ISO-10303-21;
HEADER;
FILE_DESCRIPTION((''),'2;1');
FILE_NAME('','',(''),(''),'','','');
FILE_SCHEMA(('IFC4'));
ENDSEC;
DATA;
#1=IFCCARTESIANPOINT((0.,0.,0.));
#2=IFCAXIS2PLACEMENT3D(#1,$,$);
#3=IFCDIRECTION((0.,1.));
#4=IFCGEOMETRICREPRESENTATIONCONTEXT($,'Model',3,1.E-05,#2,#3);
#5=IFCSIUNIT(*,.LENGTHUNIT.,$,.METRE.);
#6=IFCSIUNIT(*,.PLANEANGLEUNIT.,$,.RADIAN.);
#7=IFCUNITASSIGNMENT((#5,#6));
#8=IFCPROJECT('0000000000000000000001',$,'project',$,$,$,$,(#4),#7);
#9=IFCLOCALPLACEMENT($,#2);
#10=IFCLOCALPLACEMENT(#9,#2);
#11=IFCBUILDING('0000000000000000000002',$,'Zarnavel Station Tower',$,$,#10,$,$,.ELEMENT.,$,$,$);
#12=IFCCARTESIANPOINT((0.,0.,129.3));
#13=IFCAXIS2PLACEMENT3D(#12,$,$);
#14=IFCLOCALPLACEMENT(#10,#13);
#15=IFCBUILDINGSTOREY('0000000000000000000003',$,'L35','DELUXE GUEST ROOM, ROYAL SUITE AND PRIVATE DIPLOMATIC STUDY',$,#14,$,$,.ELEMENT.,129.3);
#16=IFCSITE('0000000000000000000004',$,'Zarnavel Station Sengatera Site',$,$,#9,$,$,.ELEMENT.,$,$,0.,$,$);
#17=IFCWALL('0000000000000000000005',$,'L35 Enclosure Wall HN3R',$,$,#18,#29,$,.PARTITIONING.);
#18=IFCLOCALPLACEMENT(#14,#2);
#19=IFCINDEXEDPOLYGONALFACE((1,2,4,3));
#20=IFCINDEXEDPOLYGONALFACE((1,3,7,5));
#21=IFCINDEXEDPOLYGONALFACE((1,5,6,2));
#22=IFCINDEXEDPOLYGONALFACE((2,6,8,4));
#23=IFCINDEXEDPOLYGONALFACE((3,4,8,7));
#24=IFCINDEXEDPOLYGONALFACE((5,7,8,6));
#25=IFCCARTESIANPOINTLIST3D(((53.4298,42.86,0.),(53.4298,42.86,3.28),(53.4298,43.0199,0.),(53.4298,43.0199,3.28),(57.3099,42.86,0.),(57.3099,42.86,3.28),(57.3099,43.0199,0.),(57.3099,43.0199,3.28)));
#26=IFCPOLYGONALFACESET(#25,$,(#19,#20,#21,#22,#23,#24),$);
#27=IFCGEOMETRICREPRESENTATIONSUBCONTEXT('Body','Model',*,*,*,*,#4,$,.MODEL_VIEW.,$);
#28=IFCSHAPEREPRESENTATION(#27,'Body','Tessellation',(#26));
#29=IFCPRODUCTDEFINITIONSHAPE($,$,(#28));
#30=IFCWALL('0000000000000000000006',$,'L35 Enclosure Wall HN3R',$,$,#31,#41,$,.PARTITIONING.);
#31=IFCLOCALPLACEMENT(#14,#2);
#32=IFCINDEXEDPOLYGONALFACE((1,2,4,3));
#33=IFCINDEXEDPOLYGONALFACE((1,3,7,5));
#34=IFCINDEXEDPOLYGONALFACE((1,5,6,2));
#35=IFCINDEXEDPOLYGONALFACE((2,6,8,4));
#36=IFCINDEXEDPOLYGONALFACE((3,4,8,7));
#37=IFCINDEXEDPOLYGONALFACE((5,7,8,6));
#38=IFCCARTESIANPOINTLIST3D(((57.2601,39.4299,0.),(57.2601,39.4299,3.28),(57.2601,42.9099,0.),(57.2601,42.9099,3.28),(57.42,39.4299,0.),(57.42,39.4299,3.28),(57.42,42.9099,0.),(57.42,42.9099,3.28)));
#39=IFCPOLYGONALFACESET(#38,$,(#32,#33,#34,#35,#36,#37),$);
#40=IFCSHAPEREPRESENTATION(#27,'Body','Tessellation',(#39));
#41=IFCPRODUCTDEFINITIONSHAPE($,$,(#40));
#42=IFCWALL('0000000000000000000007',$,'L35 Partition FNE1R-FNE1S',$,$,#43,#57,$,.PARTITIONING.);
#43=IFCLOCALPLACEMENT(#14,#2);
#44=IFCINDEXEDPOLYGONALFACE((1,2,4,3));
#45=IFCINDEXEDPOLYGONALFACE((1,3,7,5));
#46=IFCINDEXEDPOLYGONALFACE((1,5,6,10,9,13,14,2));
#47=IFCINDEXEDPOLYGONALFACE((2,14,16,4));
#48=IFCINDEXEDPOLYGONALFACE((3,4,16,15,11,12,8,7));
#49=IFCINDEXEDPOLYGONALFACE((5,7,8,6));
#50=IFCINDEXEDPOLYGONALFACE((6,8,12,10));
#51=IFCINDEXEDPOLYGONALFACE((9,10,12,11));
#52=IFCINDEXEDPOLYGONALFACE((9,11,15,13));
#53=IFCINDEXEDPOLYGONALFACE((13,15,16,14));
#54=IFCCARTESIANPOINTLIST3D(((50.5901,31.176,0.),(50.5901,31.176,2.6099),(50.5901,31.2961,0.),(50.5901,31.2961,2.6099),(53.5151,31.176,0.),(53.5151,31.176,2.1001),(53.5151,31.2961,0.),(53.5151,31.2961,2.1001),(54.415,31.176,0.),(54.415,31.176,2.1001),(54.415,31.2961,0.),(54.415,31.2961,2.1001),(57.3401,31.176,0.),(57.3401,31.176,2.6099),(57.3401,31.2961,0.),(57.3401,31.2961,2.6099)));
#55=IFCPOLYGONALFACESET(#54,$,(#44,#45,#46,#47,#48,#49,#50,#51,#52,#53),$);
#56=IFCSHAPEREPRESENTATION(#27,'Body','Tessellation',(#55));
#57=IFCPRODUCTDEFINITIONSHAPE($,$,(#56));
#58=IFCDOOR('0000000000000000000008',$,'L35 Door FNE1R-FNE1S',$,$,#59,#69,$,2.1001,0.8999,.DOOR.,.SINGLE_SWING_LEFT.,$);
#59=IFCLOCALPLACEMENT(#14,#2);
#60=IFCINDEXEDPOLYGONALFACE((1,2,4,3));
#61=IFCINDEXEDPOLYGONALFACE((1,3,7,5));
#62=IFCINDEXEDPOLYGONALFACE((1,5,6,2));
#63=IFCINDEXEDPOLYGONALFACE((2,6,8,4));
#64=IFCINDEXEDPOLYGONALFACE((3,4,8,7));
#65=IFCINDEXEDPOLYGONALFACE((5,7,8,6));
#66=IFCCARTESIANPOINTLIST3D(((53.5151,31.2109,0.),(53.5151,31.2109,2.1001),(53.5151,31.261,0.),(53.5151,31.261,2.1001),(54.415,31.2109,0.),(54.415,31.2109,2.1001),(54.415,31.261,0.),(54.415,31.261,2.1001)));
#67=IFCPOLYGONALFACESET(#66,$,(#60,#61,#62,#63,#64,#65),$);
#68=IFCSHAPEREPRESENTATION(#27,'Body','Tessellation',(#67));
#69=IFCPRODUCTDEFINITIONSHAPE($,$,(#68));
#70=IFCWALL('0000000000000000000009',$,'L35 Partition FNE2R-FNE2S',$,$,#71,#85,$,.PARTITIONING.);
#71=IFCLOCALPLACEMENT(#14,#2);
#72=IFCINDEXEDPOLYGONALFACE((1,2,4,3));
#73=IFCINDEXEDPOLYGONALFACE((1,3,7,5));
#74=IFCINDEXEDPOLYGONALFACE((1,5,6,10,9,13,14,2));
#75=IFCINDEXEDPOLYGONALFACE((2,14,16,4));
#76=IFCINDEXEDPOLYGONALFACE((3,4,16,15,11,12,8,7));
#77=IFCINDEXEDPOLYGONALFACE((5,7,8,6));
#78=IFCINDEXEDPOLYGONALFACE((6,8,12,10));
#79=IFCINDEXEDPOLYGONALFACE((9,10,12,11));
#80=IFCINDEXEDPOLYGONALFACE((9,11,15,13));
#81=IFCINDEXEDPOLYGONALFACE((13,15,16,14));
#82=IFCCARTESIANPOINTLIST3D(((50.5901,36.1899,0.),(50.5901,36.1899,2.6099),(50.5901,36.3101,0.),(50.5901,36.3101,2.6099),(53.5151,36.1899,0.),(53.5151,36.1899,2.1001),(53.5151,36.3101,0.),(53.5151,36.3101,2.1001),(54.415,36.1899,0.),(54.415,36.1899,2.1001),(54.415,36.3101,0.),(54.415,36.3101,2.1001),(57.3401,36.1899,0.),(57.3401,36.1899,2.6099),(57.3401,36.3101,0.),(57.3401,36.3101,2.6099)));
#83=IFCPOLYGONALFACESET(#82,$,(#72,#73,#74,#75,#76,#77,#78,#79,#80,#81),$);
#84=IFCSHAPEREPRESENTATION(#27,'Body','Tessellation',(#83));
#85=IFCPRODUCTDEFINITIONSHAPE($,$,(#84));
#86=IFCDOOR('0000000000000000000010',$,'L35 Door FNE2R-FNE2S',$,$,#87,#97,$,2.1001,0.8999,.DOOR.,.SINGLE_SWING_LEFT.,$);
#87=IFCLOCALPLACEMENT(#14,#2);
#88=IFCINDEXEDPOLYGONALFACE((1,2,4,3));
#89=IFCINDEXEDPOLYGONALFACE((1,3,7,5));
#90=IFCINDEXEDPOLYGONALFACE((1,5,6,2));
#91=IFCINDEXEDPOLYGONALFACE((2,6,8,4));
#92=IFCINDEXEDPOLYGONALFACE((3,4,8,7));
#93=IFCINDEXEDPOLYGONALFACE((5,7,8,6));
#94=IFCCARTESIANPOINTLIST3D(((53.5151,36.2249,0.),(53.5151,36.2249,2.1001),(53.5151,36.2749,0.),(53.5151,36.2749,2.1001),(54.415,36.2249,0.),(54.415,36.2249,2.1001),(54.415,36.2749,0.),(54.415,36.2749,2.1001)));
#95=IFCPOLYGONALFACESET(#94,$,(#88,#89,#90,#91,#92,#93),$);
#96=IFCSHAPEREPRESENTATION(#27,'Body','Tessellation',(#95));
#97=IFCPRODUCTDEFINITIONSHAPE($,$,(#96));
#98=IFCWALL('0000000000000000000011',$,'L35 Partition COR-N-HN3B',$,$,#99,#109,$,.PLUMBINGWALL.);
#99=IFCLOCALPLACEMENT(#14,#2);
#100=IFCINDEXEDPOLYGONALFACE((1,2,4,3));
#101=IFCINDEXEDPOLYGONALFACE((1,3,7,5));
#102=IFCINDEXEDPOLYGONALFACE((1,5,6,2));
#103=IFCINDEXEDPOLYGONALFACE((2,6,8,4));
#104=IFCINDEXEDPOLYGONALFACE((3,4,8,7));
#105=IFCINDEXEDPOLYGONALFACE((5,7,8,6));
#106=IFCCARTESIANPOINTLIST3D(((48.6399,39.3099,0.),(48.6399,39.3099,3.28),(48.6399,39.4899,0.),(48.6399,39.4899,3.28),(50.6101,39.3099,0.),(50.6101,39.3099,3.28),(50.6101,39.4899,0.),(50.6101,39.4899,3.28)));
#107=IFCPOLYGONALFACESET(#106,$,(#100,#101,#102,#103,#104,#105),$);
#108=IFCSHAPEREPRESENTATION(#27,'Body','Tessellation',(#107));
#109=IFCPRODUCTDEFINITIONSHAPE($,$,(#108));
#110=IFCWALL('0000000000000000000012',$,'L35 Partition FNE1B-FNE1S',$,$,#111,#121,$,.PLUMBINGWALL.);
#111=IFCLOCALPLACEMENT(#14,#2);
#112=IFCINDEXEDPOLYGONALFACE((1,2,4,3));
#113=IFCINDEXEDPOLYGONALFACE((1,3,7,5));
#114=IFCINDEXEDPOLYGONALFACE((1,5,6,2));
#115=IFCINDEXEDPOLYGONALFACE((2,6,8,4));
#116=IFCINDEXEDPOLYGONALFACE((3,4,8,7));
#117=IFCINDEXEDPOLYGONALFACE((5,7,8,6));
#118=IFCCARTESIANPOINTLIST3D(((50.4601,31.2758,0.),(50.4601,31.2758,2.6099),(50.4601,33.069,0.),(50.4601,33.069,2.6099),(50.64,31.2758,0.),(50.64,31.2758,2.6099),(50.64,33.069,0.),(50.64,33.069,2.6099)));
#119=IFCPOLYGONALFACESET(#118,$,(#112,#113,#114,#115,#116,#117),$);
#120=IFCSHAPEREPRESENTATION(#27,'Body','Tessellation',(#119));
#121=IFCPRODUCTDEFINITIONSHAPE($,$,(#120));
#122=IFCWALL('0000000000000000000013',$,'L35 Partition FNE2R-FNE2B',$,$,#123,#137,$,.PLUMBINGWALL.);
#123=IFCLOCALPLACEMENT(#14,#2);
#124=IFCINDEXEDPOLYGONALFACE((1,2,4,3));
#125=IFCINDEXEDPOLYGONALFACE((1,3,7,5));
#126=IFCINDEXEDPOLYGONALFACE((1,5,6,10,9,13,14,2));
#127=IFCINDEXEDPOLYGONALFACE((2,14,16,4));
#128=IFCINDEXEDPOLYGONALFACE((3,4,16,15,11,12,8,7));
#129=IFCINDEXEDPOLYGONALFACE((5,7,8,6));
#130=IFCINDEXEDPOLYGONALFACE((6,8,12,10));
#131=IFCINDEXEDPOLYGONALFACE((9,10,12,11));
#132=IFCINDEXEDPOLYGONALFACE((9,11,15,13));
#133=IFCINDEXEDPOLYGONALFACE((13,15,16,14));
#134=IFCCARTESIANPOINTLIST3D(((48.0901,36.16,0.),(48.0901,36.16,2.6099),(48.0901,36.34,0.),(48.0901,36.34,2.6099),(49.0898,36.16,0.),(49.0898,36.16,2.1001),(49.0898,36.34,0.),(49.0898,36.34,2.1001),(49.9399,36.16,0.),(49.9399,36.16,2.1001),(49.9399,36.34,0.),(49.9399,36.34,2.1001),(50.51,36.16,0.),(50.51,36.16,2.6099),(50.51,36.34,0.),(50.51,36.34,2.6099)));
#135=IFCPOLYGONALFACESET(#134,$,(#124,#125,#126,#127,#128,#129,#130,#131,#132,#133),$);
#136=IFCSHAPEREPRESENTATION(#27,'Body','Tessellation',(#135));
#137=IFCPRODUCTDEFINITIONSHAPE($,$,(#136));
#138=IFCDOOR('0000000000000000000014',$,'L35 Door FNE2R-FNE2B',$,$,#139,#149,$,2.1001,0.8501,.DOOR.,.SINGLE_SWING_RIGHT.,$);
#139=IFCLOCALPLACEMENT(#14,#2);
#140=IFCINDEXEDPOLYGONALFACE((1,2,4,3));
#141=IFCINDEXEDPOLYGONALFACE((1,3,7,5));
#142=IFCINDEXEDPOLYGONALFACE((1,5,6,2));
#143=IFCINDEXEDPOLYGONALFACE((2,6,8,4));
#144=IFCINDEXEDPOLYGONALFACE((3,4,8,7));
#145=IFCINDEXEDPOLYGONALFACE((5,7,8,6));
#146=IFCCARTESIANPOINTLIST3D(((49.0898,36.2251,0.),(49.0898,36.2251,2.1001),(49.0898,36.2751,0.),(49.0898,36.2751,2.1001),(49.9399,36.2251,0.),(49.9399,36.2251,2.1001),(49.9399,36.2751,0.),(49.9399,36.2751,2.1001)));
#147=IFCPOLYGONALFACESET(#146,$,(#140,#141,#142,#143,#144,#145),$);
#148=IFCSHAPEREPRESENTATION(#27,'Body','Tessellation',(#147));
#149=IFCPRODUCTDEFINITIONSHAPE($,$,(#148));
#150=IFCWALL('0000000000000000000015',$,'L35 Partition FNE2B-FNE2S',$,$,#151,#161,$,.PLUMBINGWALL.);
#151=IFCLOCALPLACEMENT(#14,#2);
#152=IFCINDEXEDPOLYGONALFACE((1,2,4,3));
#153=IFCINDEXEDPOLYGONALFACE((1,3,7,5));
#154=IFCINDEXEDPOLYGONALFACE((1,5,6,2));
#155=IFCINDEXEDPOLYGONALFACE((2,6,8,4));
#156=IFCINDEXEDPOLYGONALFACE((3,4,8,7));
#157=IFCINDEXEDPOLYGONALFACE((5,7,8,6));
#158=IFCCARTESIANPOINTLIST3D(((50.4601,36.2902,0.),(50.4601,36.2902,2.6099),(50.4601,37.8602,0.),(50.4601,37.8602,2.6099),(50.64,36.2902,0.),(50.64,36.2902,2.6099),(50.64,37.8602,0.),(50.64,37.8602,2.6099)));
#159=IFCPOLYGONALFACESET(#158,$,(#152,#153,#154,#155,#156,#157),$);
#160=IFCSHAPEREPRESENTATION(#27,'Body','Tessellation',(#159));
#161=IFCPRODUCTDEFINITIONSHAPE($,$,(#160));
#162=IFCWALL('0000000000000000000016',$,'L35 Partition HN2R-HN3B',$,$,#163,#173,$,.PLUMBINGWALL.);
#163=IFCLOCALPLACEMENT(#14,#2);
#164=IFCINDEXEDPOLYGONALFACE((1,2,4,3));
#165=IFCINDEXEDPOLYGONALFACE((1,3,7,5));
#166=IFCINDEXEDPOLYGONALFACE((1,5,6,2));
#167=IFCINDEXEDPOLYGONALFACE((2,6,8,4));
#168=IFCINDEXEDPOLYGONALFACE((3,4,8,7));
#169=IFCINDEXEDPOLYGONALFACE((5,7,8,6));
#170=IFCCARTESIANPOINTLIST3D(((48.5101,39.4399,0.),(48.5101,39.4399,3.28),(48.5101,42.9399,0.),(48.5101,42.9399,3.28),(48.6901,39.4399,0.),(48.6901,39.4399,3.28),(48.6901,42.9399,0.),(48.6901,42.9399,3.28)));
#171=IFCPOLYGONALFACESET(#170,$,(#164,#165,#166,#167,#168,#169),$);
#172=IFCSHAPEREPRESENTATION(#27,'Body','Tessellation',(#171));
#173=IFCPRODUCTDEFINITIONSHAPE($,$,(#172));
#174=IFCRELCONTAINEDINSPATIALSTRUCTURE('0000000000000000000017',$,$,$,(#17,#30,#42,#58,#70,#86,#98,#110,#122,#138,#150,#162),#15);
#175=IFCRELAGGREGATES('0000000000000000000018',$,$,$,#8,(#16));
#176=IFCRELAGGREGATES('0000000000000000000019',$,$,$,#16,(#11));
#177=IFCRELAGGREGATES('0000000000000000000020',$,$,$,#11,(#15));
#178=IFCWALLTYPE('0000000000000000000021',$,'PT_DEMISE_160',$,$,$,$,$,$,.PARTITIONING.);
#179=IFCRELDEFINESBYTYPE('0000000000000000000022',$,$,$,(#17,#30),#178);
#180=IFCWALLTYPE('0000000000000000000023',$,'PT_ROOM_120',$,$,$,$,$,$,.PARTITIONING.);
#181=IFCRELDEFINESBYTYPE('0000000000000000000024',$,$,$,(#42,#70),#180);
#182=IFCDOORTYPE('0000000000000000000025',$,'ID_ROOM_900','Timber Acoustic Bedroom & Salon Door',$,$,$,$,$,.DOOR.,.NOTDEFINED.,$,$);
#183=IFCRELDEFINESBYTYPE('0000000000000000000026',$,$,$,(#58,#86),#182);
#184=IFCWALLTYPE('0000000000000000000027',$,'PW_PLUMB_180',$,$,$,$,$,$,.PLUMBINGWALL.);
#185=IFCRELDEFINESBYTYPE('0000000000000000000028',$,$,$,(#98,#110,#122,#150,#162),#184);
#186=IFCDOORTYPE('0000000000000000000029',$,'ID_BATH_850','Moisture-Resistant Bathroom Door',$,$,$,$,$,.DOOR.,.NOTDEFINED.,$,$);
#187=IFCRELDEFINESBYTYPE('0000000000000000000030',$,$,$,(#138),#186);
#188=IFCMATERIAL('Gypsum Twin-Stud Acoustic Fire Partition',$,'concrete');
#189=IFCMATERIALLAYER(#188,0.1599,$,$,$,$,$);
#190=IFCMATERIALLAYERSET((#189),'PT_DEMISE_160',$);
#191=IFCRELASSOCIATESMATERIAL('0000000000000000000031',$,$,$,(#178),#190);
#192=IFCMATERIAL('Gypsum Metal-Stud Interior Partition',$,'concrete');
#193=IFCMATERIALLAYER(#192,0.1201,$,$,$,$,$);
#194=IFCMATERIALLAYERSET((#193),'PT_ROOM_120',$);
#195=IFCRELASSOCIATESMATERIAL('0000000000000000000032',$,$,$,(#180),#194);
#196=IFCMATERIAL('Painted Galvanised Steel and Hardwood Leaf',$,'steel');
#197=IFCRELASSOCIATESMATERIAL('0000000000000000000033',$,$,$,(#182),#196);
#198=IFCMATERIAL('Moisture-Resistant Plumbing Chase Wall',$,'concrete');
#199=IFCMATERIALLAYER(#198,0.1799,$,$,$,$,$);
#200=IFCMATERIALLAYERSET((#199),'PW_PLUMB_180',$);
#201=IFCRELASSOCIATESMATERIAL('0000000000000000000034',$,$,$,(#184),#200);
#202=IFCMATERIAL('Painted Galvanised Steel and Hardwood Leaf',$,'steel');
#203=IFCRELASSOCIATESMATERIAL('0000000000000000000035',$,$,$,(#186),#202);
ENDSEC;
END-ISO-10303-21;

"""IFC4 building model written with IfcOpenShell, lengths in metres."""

from ifc_helpers import new_model, si_unit, direction, frame, frame_2d, origin, place, context, subcontext, project, spatial, rectangle, extrude, material, layer, layer_set, type_object, element, fill, save


model = new_model("IFC4")

# Units and contexts
model_context = context("Model", 3, precision=1e-05, world=origin(), true_north=direction((0.0, 1.0)))
body_context = subcontext(model_context, "Body", "Model", "MODEL_VIEW")
ifc_project = project(units=[si_unit("LENGTHUNIT", "METRE"), si_unit("PLANEANGLEUNIT", "RADIAN")], contexts=[model_context])

# Site, building, storey
site_placement = place(None, origin())
site = spatial("IfcSite", under=ifc_project, at=site_placement, Name="Zarnavel Station Sengatera Site", CompositionType="ELEMENT", RefElevation=0.0)
building_placement = place(site_placement, origin())
building = spatial("IfcBuilding", under=site, at=building_placement, Name="Zarnavel Station Tower", CompositionType="ELEMENT")
storey_placement = place(building_placement, frame((0.0, 0.0, 129.3)))
storey = spatial("IfcBuildingStorey", under=building, at=storey_placement, Name="L35", Description="DELUXE GUEST ROOM, ROYAL SUITE AND PRIVATE DIPLOMATIC STUDY", CompositionType="ELEMENT", Elevation=129.3)

# Shared definitions
ifc_material_1 = material(Name="Gypsum Twin-Stud Acoustic Fire Partition", Category="concrete")
ifc_layer_1 = layer(ifc_material_1, 0.1599)
ifc_layer_set_1 = layer_set([ifc_layer_1], Name="PT_DEMISE_160")
wall_type_1 = type_object("IfcWallType", Name="PT_DEMISE_160", PredefinedType="PARTITIONING", material=ifc_layer_set_1)

# Walls
wall_1_placement = place(storey_placement, frame((53.4299, 42.9399, 0.0), z_axis=(0.0, 0.0, 1.0), x_axis=(1.0, 0.0, 0.0)))
element("IfcWall", 1, at=wall_1_placement, inside=storey, type_object=wall_type_1, Name="L35 Enclosure Wall HN3R", PredefinedType="PARTITIONING", context=body_context, shape_type="SweptSolid", body=[
    extrude(rectangle(XDim=3.8801, YDim=0.1599, at=frame_2d((1.9399, 0.0))), origin(), (0.0, 0.0, 1.0), 3.28),
])
wall_2_placement = place(storey_placement, frame((57.3401, 39.4299, 0.0), z_axis=(0.0, 0.0, 1.0), x_axis=(0.0, 1.0, 0.0)))
element("IfcWall", 2, at=wall_2_placement, inside=storey, type_object=wall_type_1, Name="L35 Enclosure Wall HN3R", PredefinedType="PARTITIONING", context=body_context, shape_type="SweptSolid", body=[
    extrude(rectangle(XDim=3.48, YDim=0.1599, at=frame_2d((1.74, 0.0))), origin(), (0.0, 0.0, 1.0), 3.28),
])

# Walls, openings, doors
ifc_material_2 = material(Name="Gypsum Metal-Stud Interior Partition", Category="concrete")
ifc_layer_2 = layer(ifc_material_2, 0.1201)
ifc_layer_set_2 = layer_set([ifc_layer_2], Name="PT_ROOM_120")
wall_type_2 = type_object("IfcWallType", Name="PT_ROOM_120", PredefinedType="PARTITIONING", material=ifc_layer_set_2)
wall_3_placement = place(storey_placement, frame((50.5901, 31.2361, 0.0), z_axis=(0.0, 0.0, 1.0), x_axis=(1.0, 0.0, 0.0)))
wall_3 = element("IfcWall", 3, at=wall_3_placement, inside=storey, type_object=wall_type_2, Name="L35 Partition FNE1R-FNE1S", PredefinedType="PARTITIONING", context=body_context, shape_type="SweptSolid", body=[
    extrude(rectangle(XDim=6.75, YDim=0.1201, at=frame_2d((3.375, 0.0))), origin(), (0.0, 0.0, 1.0), 2.6099),
])
opening_1_placement = place(wall_3_placement, frame((2.925, 0.0, 0.0)))
opening_1 = element("IfcOpeningElement", 4, at=opening_1_placement, cuts=wall_3, PredefinedType="OPENING", context=body_context, shape_type="SweptSolid", body=[
    extrude(rectangle(XDim=0.8999, YDim=2.1001, at=frame_2d((0.45, 1.05))), frame((0.0, 0.0701, 0.0), z_axis=(0.0, -1.0, 0.0), x_axis=(1.0, 0.0, 0.0)), (0.0, 0.0, 1.0), 0.1401),
])
ifc_material_3 = material(Name="Painted Galvanised Steel and Hardwood Leaf", Category="steel")
door_type_1 = type_object("IfcDoorType", Name="ID_ROOM_900", Description="Timber Acoustic Bedroom & Salon Door", OperationType="NOTDEFINED", PredefinedType="DOOR", material=ifc_material_3)
door_1_placement = place(opening_1_placement, origin())
door_1 = element("IfcDoor", 5, at=door_1_placement, inside=storey, type_object=door_type_1, Name="L35 Door FNE1R-FNE1S", OperationType="SINGLE_SWING_LEFT", OverallHeight=2.1001, OverallWidth=0.8999, PredefinedType="DOOR", context=body_context, shape_type="SweptSolid", body=[
    extrude(rectangle(XDim=0.8999, YDim=2.1001, at=frame_2d((0.45, 1.05))), frame((0.0, 0.0249, 0.0), z_axis=(0.0, -1.0, 0.0), x_axis=(1.0, 0.0, 0.0)), (0.0, 0.0, 1.0), 0.05),
])
fill(opening_1, door_1)
wall_4_placement = place(storey_placement, frame((50.5901, 36.25, 0.0), z_axis=(0.0, 0.0, 1.0), x_axis=(1.0, 0.0, 0.0)))
wall_4 = element("IfcWall", 6, at=wall_4_placement, inside=storey, type_object=wall_type_2, Name="L35 Partition FNE2R-FNE2S", PredefinedType="PARTITIONING", context=body_context, shape_type="SweptSolid", body=[
    extrude(rectangle(XDim=6.75, YDim=0.1201, at=frame_2d((3.375, 0.0))), origin(), (0.0, 0.0, 1.0), 2.6099),
])
opening_2_placement = place(wall_4_placement, frame((2.925, 0.0, 0.0)))
opening_2 = element("IfcOpeningElement", 7, at=opening_2_placement, cuts=wall_4, PredefinedType="OPENING", context=body_context, shape_type="SweptSolid", body=[
    extrude(rectangle(XDim=0.8999, YDim=2.1001, at=frame_2d((0.45, 1.05))), frame((0.0, 0.0701, 0.0), z_axis=(0.0, -1.0, 0.0), x_axis=(1.0, 0.0, 0.0)), (0.0, 0.0, 1.0), 0.1401),
])
door_2_placement = place(opening_2_placement, origin())
door_2 = element("IfcDoor", 8, at=door_2_placement, inside=storey, type_object=door_type_1, Name="L35 Door FNE2R-FNE2S", OperationType="SINGLE_SWING_LEFT", OverallHeight=2.1001, OverallWidth=0.8999, PredefinedType="DOOR", context=body_context, shape_type="SweptSolid", body=[
    extrude(rectangle(XDim=0.8999, YDim=2.1001, at=frame_2d((0.45, 1.05))), frame((0.0, 0.0249, 0.0), z_axis=(0.0, -1.0, 0.0), x_axis=(1.0, 0.0, 0.0)), (0.0, 0.0, 1.0), 0.05),
])
fill(opening_2, door_2)

# Walls
ifc_material_4 = material(Name="Moisture-Resistant Plumbing Chase Wall", Category="concrete")
ifc_layer_3 = layer(ifc_material_4, 0.1799)
ifc_layer_set_3 = layer_set([ifc_layer_3], Name="PW_PLUMB_180")
wall_type_3 = type_object("IfcWallType", Name="PW_PLUMB_180", PredefinedType="PLUMBINGWALL", material=ifc_layer_set_3)
wall_5_placement = place(storey_placement, frame((48.6399, 39.3999, 0.0), z_axis=(0.0, 0.0, 1.0), x_axis=(1.0, 0.0, 0.0)))
element("IfcWall", 9, at=wall_5_placement, inside=storey, type_object=wall_type_3, Name="L35 Partition COR-N-HN3B", PredefinedType="PLUMBINGWALL", context=body_context, shape_type="SweptSolid", body=[
    extrude(rectangle(XDim=1.9702, YDim=0.1799, at=frame_2d((0.9851, 0.0))), origin(), (0.0, 0.0, 1.0), 3.28),
])
wall_6_placement = place(storey_placement, frame((50.55, 31.2759, 0.0), z_axis=(0.0, 0.0, 1.0), x_axis=(0.0, 1.0, 0.0)))
element("IfcWall", 10, at=wall_6_placement, inside=storey, type_object=wall_type_3, Name="L35 Partition FNE1B-FNE1S", PredefinedType="PLUMBINGWALL", context=body_context, shape_type="SweptSolid", body=[
    extrude(rectangle(XDim=1.7932, YDim=0.1799, at=frame_2d((0.8965, 0.0))), origin(), (0.0, 0.0, 1.0), 2.6099),
])

# Wall, opening, door
wall_7_placement = place(storey_placement, frame((50.51, 36.25, 0.0), z_axis=(0.0, 0.0, 1.0), x_axis=(-1.0, 0.0, 0.0)))
wall_7 = element("IfcWall", 11, at=wall_7_placement, inside=storey, type_object=wall_type_3, Name="L35 Partition FNE2R-FNE2B", PredefinedType="PLUMBINGWALL", context=body_context, shape_type="SweptSolid", body=[
    extrude(rectangle(XDim=2.4199, YDim=0.1799, at=frame_2d((1.21, 0.0))), origin(), (0.0, 0.0, 1.0), 2.6099),
])
opening_3_placement = place(wall_7_placement, frame((0.5701, 0.0, 0.0)))
opening_3 = element("IfcOpeningElement", 12, at=opening_3_placement, cuts=wall_7, PredefinedType="OPENING", context=body_context, shape_type="SweptSolid", body=[
    extrude(rectangle(XDim=0.8501, YDim=2.1001, at=frame_2d((0.425, 1.05))), frame((0.0, 0.0999, 0.0), z_axis=(0.0, -1.0, 0.0), x_axis=(1.0, 0.0, 0.0)), (0.0, 0.0, 1.0), 0.2),
])
ifc_material_5 = material(Name="Painted Galvanised Steel and Hardwood Leaf", Category="steel")
door_type_2 = type_object("IfcDoorType", Name="ID_BATH_850", Description="Moisture-Resistant Bathroom Door", OperationType="NOTDEFINED", PredefinedType="DOOR", material=ifc_material_5)
door_3_placement = place(opening_3_placement, origin())
door_3 = element("IfcDoor", 13, at=door_3_placement, inside=storey, type_object=door_type_2, Name="L35 Door FNE2R-FNE2B", OperationType="SINGLE_SWING_RIGHT", OverallHeight=2.1001, OverallWidth=0.8501, PredefinedType="DOOR", context=body_context, shape_type="SweptSolid", body=[
    extrude(rectangle(XDim=0.8501, YDim=2.1001, at=frame_2d((0.425, 1.05))), frame((0.0, 0.0249, 0.0), z_axis=(0.0, -1.0, 0.0), x_axis=(1.0, 0.0, 0.0)), (0.0, 0.0, 1.0), 0.05),
])
fill(opening_3, door_3)

# Walls
wall_8_placement = place(storey_placement, frame((50.55, 36.29, 0.0), z_axis=(0.0, 0.0, 1.0), x_axis=(0.0, 1.0, 0.0)))
element("IfcWall", 14, at=wall_8_placement, inside=storey, type_object=wall_type_3, Name="L35 Partition FNE2B-FNE2S", PredefinedType="PLUMBINGWALL", context=body_context, shape_type="SweptSolid", body=[
    extrude(rectangle(XDim=1.5701, YDim=0.1799, at=frame_2d((0.7852, 0.0))), origin(), (0.0, 0.0, 1.0), 2.6099),
])
wall_9_placement = place(storey_placement, frame((48.6001, 39.4399, 0.0), z_axis=(0.0, 0.0, 1.0), x_axis=(0.0, 1.0, 0.0)))
element("IfcWall", 15, at=wall_9_placement, inside=storey, type_object=wall_type_3, Name="L35 Partition HN2R-HN3B", PredefinedType="PLUMBINGWALL", context=body_context, shape_type="SweptSolid", body=[
    extrude(rectangle(XDim=3.5, YDim=0.1799, at=frame_2d((1.75, 0.0))), origin(), (0.0, 0.0, 1.0), 3.28),
])

save(model, "model.ifc")
